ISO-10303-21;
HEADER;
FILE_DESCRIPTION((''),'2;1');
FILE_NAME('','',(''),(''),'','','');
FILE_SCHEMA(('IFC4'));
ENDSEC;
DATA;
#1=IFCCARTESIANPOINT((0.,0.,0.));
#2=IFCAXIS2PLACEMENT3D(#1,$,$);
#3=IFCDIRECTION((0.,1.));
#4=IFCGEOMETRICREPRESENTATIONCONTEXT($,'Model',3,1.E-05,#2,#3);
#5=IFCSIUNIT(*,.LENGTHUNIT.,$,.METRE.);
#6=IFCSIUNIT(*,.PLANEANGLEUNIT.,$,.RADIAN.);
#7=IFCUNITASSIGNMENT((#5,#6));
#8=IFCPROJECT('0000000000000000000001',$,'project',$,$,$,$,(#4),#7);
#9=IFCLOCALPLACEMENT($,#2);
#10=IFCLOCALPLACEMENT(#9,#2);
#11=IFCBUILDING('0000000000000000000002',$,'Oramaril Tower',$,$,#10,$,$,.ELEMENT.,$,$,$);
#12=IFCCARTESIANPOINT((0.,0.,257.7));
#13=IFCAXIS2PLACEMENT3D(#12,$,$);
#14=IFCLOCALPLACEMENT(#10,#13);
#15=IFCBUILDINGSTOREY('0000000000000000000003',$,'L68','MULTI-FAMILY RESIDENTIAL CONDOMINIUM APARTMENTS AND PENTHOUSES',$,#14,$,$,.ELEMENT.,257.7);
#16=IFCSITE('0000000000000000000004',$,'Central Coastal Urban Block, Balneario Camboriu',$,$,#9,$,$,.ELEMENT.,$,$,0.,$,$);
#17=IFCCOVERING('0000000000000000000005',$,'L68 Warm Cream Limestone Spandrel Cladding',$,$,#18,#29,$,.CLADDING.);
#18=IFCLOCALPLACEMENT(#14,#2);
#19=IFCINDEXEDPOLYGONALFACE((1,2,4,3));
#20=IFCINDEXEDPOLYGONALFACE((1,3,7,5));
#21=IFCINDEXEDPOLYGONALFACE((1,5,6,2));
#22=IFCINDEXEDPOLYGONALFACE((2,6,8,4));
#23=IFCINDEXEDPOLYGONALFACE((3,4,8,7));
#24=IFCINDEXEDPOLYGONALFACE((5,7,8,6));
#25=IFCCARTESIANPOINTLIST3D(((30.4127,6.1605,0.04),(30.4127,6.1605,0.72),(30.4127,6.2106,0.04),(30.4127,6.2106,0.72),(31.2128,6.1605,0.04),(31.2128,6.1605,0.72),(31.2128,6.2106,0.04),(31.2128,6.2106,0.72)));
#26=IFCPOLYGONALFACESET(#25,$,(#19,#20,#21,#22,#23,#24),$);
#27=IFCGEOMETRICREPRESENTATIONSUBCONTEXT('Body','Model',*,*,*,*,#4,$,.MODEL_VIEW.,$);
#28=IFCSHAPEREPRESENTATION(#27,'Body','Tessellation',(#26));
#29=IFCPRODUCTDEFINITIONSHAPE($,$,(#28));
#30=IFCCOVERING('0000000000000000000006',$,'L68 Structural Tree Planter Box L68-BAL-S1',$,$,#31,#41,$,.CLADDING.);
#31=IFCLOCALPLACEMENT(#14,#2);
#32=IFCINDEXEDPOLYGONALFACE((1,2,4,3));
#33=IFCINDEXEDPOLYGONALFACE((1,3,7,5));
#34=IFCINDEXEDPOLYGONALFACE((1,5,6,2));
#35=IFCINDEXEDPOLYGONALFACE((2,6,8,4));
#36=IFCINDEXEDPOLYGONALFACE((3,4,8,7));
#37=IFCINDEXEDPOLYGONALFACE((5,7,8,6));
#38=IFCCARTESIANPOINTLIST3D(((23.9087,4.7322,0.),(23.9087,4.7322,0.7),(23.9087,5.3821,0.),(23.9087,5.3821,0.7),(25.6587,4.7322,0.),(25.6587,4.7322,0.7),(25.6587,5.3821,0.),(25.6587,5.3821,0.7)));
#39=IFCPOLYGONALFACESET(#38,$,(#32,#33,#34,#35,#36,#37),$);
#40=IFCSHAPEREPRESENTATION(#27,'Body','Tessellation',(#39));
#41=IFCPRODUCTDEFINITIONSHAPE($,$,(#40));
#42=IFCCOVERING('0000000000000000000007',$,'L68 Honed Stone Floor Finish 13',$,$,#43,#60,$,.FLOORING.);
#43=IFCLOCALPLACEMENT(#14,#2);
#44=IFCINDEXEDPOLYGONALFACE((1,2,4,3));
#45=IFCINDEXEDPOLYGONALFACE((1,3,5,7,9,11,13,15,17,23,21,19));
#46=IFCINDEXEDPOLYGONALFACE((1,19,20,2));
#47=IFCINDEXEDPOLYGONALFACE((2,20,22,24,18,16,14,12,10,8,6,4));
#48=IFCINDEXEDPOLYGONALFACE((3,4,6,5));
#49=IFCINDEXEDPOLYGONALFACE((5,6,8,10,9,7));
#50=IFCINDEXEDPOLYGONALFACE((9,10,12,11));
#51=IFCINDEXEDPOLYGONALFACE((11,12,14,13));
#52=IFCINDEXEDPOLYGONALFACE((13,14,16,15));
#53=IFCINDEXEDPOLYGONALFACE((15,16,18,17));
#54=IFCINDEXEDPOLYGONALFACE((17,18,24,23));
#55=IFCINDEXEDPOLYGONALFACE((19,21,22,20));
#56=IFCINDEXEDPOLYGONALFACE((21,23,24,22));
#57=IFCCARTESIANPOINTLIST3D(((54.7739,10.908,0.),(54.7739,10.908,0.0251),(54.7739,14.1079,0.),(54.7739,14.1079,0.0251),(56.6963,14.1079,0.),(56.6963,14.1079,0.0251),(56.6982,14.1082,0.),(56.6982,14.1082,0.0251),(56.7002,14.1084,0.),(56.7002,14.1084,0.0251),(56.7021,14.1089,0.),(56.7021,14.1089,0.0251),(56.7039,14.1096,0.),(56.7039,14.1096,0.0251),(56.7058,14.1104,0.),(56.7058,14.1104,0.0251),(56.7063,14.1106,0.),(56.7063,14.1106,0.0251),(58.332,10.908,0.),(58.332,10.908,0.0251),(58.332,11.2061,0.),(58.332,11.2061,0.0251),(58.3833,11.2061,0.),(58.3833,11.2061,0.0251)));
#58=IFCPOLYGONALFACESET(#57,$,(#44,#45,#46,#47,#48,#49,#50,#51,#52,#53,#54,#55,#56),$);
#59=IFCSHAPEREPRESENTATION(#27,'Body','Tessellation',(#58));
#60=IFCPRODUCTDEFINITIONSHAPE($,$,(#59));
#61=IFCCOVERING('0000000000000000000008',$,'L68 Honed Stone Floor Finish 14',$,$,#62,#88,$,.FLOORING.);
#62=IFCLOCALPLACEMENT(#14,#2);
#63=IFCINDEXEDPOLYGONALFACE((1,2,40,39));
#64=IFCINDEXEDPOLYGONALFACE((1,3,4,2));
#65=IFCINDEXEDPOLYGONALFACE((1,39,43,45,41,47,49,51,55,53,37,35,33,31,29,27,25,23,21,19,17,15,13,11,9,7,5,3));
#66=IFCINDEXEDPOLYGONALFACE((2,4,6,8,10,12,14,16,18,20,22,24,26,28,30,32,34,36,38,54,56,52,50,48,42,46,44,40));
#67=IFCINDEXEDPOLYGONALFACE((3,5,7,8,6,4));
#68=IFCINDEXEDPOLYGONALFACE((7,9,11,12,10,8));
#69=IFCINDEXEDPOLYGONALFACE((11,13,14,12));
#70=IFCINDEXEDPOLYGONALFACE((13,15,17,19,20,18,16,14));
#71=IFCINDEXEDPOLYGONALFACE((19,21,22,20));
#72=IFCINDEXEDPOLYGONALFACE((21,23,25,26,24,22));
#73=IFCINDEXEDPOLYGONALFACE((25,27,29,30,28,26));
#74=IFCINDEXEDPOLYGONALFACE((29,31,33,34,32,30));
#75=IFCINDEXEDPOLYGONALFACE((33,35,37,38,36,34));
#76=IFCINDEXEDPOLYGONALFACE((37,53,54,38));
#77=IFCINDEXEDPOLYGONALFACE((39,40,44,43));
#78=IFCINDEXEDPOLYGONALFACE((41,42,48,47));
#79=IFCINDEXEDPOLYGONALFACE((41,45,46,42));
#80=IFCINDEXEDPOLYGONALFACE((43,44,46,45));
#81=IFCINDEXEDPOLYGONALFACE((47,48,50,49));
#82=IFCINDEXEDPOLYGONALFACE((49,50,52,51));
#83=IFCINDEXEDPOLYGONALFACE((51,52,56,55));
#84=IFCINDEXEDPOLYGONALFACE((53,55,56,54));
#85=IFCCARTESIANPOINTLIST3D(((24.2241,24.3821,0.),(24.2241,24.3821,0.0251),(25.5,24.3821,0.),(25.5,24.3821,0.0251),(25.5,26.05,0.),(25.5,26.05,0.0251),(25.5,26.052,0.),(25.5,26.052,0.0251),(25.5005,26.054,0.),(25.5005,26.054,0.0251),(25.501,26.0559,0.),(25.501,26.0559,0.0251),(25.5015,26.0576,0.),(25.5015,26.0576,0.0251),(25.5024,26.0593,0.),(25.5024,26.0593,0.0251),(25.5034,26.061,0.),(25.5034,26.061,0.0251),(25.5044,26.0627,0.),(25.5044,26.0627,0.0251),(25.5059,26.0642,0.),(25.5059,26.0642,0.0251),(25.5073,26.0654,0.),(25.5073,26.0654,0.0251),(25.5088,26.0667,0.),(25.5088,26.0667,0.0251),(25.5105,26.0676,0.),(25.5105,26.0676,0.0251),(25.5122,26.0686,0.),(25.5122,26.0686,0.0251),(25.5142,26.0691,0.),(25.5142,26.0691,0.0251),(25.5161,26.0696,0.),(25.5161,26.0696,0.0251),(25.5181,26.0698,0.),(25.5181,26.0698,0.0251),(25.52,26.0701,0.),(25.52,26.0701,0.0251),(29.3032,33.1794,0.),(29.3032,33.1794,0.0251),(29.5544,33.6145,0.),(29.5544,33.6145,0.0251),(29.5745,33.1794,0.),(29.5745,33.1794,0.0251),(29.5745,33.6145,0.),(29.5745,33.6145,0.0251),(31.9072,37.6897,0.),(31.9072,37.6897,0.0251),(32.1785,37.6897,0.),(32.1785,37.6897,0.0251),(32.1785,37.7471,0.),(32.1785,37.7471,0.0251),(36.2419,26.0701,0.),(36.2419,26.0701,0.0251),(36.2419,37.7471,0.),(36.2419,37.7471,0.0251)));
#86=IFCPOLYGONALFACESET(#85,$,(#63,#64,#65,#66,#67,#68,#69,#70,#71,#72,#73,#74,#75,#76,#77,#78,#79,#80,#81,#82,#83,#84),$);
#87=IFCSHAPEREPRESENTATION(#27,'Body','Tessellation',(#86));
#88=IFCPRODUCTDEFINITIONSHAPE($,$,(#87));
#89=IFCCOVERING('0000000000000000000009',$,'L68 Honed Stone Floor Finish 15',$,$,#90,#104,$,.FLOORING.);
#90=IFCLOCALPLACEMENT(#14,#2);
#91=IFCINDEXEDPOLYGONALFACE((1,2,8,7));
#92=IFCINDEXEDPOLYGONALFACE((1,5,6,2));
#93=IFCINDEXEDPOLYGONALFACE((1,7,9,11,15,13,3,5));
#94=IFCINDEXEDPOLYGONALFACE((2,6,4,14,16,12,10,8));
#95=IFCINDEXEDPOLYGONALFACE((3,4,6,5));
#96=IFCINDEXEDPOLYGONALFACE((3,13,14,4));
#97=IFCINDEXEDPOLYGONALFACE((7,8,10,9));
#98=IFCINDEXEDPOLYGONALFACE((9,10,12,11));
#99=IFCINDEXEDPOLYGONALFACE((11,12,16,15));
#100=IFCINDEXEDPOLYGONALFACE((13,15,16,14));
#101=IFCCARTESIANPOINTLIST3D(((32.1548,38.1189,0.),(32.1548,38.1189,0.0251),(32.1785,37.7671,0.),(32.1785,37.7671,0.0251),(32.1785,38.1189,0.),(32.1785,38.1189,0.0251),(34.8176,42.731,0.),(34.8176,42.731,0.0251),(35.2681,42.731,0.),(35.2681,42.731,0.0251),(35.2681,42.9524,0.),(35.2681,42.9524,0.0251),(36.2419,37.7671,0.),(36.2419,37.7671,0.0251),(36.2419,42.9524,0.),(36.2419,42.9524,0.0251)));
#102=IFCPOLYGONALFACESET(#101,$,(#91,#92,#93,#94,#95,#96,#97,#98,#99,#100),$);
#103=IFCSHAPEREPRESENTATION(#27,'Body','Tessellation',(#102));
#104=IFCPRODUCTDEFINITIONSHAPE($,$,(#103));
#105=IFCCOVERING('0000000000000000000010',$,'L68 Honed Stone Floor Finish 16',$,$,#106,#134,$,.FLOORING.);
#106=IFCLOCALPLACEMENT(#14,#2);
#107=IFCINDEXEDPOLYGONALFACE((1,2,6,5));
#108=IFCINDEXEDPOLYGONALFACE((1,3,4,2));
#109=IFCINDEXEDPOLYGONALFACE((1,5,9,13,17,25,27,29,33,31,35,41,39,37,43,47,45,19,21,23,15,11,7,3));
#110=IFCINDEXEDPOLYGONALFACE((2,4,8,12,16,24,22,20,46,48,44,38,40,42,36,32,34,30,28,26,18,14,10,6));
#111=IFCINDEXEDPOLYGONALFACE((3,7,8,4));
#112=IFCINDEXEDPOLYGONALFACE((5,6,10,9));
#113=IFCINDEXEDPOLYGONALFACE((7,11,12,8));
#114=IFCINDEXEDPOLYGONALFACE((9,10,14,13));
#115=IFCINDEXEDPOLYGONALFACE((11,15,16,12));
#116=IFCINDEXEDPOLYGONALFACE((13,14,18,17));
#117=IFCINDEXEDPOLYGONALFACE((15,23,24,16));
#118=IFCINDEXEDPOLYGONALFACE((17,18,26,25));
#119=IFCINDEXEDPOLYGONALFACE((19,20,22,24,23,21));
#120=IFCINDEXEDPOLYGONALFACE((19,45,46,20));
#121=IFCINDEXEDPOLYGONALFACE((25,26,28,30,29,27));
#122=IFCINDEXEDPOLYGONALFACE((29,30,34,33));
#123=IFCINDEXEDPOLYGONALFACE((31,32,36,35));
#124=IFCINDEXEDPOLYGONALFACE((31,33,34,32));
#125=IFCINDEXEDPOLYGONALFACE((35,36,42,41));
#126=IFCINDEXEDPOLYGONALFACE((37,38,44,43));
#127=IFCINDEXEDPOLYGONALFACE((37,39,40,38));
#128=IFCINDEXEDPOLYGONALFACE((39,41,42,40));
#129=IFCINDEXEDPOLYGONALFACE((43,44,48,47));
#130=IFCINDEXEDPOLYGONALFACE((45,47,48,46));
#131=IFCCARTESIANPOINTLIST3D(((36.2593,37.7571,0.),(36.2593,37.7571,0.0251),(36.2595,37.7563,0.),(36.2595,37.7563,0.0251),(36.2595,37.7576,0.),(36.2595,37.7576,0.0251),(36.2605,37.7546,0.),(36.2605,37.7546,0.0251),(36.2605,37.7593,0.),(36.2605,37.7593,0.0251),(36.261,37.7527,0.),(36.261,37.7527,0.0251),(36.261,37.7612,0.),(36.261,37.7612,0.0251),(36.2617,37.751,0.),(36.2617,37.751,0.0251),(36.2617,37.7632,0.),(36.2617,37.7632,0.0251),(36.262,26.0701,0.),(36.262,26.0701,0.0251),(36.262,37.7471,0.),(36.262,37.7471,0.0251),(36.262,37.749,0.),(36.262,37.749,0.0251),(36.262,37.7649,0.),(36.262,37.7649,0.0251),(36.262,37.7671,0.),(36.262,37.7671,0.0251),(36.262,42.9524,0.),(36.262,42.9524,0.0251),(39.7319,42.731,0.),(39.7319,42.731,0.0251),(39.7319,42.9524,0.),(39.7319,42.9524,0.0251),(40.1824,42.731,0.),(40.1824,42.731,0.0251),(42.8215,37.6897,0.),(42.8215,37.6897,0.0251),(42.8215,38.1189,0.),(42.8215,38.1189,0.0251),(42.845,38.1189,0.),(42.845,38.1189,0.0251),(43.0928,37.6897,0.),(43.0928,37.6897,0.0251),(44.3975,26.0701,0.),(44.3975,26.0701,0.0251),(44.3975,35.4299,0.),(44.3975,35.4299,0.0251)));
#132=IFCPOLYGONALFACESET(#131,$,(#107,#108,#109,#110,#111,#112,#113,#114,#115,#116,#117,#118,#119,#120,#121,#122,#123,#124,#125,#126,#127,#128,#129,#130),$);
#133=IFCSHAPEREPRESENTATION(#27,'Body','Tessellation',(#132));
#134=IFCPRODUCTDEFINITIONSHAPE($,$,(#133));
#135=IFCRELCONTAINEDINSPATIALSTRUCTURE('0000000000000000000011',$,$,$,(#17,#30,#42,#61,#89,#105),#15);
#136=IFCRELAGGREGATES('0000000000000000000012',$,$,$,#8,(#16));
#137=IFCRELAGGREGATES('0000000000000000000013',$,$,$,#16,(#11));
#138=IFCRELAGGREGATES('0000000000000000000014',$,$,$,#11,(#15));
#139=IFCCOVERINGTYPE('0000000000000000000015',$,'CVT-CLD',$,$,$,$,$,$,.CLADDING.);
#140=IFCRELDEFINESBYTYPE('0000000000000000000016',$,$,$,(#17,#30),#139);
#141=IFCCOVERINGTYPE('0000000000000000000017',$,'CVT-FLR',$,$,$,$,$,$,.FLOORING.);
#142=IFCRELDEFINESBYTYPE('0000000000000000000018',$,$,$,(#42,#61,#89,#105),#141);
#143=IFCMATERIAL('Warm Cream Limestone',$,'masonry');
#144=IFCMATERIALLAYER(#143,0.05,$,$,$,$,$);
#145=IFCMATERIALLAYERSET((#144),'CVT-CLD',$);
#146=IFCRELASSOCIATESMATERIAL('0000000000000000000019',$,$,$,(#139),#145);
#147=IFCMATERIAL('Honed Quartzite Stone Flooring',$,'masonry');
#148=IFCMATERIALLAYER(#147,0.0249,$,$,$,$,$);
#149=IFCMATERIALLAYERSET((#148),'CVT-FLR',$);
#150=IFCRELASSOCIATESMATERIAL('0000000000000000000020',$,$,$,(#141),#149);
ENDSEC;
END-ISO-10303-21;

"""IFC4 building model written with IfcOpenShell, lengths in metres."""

from ifc_helpers import new_model, si_unit, direction, frame, origin, origin_2d, place, context, subcontext, project, spatial, polyline, rectangle, outline, extrude, material, layer, layer_set, type_object, element, save


model = new_model("IFC4")

# Units and contexts
model_context = context("Model", 3, precision=1e-05, world=origin(), true_north=direction((0.0, 1.0)))
body_context = subcontext(model_context, "Body", "Model", "MODEL_VIEW")
ifc_project = project(units=[si_unit("LENGTHUNIT", "METRE"), si_unit("PLANEANGLEUNIT", "RADIAN")], contexts=[model_context])

# Site, building, storey
site_placement = place(None, origin())
site = spatial("IfcSite", under=ifc_project, at=site_placement, Name="Central Coastal Urban Block, Balneario Camboriu", CompositionType="ELEMENT", RefElevation=0.0)
building_placement = place(site_placement, origin())
building = spatial("IfcBuilding", under=site, at=building_placement, Name="Oramaril Tower", CompositionType="ELEMENT")
storey_placement = place(building_placement, frame((0.0, 0.0, 257.7)))
storey = spatial("IfcBuildingStorey", under=building, at=storey_placement, Name="L68", Description="MULTI-FAMILY RESIDENTIAL CONDOMINIUM APARTMENTS AND PENTHOUSES", CompositionType="ELEMENT", Elevation=257.7)

# Coverings
ifc_material_1 = material(Name="Warm Cream Limestone", Category="masonry")
ifc_layer_1 = layer(ifc_material_1, 0.05)
ifc_layer_set_1 = layer_set([ifc_layer_1], Name="CVT-CLD")
covering_type_1 = type_object("IfcCoveringType", Name="CVT-CLD", PredefinedType="CLADDING", material=ifc_layer_set_1)
covering_1_placement = place(storey_placement, frame((30.8127, 6.1855, 0.04), z_axis=(0.0, 0.0, 1.0), x_axis=(1.0, 0.0, 0.0)))
element("IfcCovering", 1, at=covering_1_placement, inside=storey, type_object=covering_type_1, Name="L68 Warm Cream Limestone Spandrel Cladding", PredefinedType="CLADDING", context=body_context, shape_type="SweptSolid", body=[
    extrude(rectangle(XDim=0.8, YDim=0.05, at=origin_2d()), origin(), (0.0, 0.0, 1.0), 0.6799),
])
covering_2_placement = place(storey_placement, frame((24.7837, 5.0571, 0.0), z_axis=(0.0, 0.0, 1.0), x_axis=(1.0, 0.0, 0.0)))
element("IfcCovering", 2, at=covering_2_placement, inside=storey, type_object=covering_type_1, Name="L68 Structural Tree Planter Box L68-BAL-S1", PredefinedType="CLADDING", context=body_context, shape_type="SweptSolid", body=[
    extrude(rectangle(XDim=1.75, YDim=0.6499, at=origin_2d()), origin(), (0.0, 0.0, 1.0), 0.7),
])
ifc_material_2 = material(Name="Honed Quartzite Stone Flooring", Category="masonry")
ifc_layer_2 = layer(ifc_material_2, 0.0249)
ifc_layer_set_2 = layer_set([ifc_layer_2], Name="CVT-FLR")
covering_type_2 = type_object("IfcCoveringType", Name="CVT-FLR", PredefinedType="FLOORING", material=ifc_layer_set_2)
covering_3_placement = place(storey_placement, origin())
element("IfcCovering", 3, at=covering_3_placement, inside=storey, type_object=covering_type_2, Name="L68 Honed Stone Floor Finish 13", PredefinedType="FLOORING", context=body_context, shape_type="SweptSolid", body=[
    extrude(outline(polyline([(58.332, 11.2061), (58.332, 10.908), (54.7739, 10.908), (54.7739, 14.1079), (56.6963, 14.1079), (56.6982, 14.1082), (56.7002, 14.1084), (56.7021, 14.1089), (56.7039, 14.1096), (56.7058, 14.1104), (56.7063, 14.1106), (58.3833, 11.2061), (58.332, 11.2061)])), origin(), (0.0, 0.0, 1.0), 0.0251),
])
covering_4_placement = place(storey_placement, origin())
element("IfcCovering", 4, at=covering_4_placement, inside=storey, type_object=covering_type_2, Name="L68 Honed Stone Floor Finish 14", PredefinedType="FLOORING", context=body_context, shape_type="SweptSolid", body=[
    extrude(outline(polyline([(29.3032, 33.1794), (29.5745, 33.1794), (29.5745, 33.6145), (29.5544, 33.6145), (31.9072, 37.6897), (32.1785, 37.6897), (32.1785, 37.7471), (36.2419, 37.7471), (36.2419, 26.0701), (25.52, 26.0701), (25.5181, 26.0698), (25.5161, 26.0696), (25.5142, 26.0691), (25.5122, 26.0686), (25.5105, 26.0676), (25.5088, 26.0667), (25.5073, 26.0654), (25.5059, 26.0642), (25.5044, 26.0627), (25.5034, 26.061), (25.5024, 26.0593), (25.5015, 26.0576), (25.501, 26.0559), (25.5005, 26.054), (25.5, 26.052), (25.5, 26.05), (25.5, 24.3821), (24.2241, 24.3821), (29.3032, 33.1794)])), origin(), (0.0, 0.0, 1.0), 0.0251),
])
covering_5_placement = place(storey_placement, origin())
element("IfcCovering", 5, at=covering_5_placement, inside=storey, type_object=covering_type_2, Name="L68 Honed Stone Floor Finish 15", PredefinedType="FLOORING", context=body_context, shape_type="SweptSolid", body=[
    extrude(outline(polyline([(32.1785, 38.1189), (32.1548, 38.1189), (34.8176, 42.731), (35.2681, 42.731), (35.2681, 42.9524), (36.2419, 42.9524), (36.2419, 37.7671), (32.1785, 37.7671), (32.1785, 38.1189)])), origin(), (0.0, 0.0, 1.0), 0.0251),
])
covering_6_placement = place(storey_placement, origin())
element("IfcCovering", 6, at=covering_6_placement, inside=storey, type_object=covering_type_2, Name="L68 Honed Stone Floor Finish 16", PredefinedType="FLOORING", context=body_context, shape_type="SweptSolid", body=[
    extrude(outline(polyline([(39.7319, 42.9524), (39.7319, 42.731), (40.1824, 42.731), (42.845, 38.1189), (42.8215, 38.1189), (42.8215, 37.6897), (43.0928, 37.6897), (44.3975, 35.4299), (44.3975, 26.0701), (36.262, 26.0701), (36.262, 37.7471), (36.262, 37.749), (36.2617, 37.751), (36.261, 37.7527), (36.2605, 37.7546), (36.2595, 37.7563), (36.2593, 37.7571), (36.2595, 37.7576), (36.2605, 37.7593), (36.261, 37.7612), (36.2617, 37.7632), (36.262, 37.7649), (36.262, 37.7671), (36.262, 42.9524), (39.7319, 42.9524)])), origin(), (0.0, 0.0, 1.0), 0.0251),
])

save(model, "model.ifc")
